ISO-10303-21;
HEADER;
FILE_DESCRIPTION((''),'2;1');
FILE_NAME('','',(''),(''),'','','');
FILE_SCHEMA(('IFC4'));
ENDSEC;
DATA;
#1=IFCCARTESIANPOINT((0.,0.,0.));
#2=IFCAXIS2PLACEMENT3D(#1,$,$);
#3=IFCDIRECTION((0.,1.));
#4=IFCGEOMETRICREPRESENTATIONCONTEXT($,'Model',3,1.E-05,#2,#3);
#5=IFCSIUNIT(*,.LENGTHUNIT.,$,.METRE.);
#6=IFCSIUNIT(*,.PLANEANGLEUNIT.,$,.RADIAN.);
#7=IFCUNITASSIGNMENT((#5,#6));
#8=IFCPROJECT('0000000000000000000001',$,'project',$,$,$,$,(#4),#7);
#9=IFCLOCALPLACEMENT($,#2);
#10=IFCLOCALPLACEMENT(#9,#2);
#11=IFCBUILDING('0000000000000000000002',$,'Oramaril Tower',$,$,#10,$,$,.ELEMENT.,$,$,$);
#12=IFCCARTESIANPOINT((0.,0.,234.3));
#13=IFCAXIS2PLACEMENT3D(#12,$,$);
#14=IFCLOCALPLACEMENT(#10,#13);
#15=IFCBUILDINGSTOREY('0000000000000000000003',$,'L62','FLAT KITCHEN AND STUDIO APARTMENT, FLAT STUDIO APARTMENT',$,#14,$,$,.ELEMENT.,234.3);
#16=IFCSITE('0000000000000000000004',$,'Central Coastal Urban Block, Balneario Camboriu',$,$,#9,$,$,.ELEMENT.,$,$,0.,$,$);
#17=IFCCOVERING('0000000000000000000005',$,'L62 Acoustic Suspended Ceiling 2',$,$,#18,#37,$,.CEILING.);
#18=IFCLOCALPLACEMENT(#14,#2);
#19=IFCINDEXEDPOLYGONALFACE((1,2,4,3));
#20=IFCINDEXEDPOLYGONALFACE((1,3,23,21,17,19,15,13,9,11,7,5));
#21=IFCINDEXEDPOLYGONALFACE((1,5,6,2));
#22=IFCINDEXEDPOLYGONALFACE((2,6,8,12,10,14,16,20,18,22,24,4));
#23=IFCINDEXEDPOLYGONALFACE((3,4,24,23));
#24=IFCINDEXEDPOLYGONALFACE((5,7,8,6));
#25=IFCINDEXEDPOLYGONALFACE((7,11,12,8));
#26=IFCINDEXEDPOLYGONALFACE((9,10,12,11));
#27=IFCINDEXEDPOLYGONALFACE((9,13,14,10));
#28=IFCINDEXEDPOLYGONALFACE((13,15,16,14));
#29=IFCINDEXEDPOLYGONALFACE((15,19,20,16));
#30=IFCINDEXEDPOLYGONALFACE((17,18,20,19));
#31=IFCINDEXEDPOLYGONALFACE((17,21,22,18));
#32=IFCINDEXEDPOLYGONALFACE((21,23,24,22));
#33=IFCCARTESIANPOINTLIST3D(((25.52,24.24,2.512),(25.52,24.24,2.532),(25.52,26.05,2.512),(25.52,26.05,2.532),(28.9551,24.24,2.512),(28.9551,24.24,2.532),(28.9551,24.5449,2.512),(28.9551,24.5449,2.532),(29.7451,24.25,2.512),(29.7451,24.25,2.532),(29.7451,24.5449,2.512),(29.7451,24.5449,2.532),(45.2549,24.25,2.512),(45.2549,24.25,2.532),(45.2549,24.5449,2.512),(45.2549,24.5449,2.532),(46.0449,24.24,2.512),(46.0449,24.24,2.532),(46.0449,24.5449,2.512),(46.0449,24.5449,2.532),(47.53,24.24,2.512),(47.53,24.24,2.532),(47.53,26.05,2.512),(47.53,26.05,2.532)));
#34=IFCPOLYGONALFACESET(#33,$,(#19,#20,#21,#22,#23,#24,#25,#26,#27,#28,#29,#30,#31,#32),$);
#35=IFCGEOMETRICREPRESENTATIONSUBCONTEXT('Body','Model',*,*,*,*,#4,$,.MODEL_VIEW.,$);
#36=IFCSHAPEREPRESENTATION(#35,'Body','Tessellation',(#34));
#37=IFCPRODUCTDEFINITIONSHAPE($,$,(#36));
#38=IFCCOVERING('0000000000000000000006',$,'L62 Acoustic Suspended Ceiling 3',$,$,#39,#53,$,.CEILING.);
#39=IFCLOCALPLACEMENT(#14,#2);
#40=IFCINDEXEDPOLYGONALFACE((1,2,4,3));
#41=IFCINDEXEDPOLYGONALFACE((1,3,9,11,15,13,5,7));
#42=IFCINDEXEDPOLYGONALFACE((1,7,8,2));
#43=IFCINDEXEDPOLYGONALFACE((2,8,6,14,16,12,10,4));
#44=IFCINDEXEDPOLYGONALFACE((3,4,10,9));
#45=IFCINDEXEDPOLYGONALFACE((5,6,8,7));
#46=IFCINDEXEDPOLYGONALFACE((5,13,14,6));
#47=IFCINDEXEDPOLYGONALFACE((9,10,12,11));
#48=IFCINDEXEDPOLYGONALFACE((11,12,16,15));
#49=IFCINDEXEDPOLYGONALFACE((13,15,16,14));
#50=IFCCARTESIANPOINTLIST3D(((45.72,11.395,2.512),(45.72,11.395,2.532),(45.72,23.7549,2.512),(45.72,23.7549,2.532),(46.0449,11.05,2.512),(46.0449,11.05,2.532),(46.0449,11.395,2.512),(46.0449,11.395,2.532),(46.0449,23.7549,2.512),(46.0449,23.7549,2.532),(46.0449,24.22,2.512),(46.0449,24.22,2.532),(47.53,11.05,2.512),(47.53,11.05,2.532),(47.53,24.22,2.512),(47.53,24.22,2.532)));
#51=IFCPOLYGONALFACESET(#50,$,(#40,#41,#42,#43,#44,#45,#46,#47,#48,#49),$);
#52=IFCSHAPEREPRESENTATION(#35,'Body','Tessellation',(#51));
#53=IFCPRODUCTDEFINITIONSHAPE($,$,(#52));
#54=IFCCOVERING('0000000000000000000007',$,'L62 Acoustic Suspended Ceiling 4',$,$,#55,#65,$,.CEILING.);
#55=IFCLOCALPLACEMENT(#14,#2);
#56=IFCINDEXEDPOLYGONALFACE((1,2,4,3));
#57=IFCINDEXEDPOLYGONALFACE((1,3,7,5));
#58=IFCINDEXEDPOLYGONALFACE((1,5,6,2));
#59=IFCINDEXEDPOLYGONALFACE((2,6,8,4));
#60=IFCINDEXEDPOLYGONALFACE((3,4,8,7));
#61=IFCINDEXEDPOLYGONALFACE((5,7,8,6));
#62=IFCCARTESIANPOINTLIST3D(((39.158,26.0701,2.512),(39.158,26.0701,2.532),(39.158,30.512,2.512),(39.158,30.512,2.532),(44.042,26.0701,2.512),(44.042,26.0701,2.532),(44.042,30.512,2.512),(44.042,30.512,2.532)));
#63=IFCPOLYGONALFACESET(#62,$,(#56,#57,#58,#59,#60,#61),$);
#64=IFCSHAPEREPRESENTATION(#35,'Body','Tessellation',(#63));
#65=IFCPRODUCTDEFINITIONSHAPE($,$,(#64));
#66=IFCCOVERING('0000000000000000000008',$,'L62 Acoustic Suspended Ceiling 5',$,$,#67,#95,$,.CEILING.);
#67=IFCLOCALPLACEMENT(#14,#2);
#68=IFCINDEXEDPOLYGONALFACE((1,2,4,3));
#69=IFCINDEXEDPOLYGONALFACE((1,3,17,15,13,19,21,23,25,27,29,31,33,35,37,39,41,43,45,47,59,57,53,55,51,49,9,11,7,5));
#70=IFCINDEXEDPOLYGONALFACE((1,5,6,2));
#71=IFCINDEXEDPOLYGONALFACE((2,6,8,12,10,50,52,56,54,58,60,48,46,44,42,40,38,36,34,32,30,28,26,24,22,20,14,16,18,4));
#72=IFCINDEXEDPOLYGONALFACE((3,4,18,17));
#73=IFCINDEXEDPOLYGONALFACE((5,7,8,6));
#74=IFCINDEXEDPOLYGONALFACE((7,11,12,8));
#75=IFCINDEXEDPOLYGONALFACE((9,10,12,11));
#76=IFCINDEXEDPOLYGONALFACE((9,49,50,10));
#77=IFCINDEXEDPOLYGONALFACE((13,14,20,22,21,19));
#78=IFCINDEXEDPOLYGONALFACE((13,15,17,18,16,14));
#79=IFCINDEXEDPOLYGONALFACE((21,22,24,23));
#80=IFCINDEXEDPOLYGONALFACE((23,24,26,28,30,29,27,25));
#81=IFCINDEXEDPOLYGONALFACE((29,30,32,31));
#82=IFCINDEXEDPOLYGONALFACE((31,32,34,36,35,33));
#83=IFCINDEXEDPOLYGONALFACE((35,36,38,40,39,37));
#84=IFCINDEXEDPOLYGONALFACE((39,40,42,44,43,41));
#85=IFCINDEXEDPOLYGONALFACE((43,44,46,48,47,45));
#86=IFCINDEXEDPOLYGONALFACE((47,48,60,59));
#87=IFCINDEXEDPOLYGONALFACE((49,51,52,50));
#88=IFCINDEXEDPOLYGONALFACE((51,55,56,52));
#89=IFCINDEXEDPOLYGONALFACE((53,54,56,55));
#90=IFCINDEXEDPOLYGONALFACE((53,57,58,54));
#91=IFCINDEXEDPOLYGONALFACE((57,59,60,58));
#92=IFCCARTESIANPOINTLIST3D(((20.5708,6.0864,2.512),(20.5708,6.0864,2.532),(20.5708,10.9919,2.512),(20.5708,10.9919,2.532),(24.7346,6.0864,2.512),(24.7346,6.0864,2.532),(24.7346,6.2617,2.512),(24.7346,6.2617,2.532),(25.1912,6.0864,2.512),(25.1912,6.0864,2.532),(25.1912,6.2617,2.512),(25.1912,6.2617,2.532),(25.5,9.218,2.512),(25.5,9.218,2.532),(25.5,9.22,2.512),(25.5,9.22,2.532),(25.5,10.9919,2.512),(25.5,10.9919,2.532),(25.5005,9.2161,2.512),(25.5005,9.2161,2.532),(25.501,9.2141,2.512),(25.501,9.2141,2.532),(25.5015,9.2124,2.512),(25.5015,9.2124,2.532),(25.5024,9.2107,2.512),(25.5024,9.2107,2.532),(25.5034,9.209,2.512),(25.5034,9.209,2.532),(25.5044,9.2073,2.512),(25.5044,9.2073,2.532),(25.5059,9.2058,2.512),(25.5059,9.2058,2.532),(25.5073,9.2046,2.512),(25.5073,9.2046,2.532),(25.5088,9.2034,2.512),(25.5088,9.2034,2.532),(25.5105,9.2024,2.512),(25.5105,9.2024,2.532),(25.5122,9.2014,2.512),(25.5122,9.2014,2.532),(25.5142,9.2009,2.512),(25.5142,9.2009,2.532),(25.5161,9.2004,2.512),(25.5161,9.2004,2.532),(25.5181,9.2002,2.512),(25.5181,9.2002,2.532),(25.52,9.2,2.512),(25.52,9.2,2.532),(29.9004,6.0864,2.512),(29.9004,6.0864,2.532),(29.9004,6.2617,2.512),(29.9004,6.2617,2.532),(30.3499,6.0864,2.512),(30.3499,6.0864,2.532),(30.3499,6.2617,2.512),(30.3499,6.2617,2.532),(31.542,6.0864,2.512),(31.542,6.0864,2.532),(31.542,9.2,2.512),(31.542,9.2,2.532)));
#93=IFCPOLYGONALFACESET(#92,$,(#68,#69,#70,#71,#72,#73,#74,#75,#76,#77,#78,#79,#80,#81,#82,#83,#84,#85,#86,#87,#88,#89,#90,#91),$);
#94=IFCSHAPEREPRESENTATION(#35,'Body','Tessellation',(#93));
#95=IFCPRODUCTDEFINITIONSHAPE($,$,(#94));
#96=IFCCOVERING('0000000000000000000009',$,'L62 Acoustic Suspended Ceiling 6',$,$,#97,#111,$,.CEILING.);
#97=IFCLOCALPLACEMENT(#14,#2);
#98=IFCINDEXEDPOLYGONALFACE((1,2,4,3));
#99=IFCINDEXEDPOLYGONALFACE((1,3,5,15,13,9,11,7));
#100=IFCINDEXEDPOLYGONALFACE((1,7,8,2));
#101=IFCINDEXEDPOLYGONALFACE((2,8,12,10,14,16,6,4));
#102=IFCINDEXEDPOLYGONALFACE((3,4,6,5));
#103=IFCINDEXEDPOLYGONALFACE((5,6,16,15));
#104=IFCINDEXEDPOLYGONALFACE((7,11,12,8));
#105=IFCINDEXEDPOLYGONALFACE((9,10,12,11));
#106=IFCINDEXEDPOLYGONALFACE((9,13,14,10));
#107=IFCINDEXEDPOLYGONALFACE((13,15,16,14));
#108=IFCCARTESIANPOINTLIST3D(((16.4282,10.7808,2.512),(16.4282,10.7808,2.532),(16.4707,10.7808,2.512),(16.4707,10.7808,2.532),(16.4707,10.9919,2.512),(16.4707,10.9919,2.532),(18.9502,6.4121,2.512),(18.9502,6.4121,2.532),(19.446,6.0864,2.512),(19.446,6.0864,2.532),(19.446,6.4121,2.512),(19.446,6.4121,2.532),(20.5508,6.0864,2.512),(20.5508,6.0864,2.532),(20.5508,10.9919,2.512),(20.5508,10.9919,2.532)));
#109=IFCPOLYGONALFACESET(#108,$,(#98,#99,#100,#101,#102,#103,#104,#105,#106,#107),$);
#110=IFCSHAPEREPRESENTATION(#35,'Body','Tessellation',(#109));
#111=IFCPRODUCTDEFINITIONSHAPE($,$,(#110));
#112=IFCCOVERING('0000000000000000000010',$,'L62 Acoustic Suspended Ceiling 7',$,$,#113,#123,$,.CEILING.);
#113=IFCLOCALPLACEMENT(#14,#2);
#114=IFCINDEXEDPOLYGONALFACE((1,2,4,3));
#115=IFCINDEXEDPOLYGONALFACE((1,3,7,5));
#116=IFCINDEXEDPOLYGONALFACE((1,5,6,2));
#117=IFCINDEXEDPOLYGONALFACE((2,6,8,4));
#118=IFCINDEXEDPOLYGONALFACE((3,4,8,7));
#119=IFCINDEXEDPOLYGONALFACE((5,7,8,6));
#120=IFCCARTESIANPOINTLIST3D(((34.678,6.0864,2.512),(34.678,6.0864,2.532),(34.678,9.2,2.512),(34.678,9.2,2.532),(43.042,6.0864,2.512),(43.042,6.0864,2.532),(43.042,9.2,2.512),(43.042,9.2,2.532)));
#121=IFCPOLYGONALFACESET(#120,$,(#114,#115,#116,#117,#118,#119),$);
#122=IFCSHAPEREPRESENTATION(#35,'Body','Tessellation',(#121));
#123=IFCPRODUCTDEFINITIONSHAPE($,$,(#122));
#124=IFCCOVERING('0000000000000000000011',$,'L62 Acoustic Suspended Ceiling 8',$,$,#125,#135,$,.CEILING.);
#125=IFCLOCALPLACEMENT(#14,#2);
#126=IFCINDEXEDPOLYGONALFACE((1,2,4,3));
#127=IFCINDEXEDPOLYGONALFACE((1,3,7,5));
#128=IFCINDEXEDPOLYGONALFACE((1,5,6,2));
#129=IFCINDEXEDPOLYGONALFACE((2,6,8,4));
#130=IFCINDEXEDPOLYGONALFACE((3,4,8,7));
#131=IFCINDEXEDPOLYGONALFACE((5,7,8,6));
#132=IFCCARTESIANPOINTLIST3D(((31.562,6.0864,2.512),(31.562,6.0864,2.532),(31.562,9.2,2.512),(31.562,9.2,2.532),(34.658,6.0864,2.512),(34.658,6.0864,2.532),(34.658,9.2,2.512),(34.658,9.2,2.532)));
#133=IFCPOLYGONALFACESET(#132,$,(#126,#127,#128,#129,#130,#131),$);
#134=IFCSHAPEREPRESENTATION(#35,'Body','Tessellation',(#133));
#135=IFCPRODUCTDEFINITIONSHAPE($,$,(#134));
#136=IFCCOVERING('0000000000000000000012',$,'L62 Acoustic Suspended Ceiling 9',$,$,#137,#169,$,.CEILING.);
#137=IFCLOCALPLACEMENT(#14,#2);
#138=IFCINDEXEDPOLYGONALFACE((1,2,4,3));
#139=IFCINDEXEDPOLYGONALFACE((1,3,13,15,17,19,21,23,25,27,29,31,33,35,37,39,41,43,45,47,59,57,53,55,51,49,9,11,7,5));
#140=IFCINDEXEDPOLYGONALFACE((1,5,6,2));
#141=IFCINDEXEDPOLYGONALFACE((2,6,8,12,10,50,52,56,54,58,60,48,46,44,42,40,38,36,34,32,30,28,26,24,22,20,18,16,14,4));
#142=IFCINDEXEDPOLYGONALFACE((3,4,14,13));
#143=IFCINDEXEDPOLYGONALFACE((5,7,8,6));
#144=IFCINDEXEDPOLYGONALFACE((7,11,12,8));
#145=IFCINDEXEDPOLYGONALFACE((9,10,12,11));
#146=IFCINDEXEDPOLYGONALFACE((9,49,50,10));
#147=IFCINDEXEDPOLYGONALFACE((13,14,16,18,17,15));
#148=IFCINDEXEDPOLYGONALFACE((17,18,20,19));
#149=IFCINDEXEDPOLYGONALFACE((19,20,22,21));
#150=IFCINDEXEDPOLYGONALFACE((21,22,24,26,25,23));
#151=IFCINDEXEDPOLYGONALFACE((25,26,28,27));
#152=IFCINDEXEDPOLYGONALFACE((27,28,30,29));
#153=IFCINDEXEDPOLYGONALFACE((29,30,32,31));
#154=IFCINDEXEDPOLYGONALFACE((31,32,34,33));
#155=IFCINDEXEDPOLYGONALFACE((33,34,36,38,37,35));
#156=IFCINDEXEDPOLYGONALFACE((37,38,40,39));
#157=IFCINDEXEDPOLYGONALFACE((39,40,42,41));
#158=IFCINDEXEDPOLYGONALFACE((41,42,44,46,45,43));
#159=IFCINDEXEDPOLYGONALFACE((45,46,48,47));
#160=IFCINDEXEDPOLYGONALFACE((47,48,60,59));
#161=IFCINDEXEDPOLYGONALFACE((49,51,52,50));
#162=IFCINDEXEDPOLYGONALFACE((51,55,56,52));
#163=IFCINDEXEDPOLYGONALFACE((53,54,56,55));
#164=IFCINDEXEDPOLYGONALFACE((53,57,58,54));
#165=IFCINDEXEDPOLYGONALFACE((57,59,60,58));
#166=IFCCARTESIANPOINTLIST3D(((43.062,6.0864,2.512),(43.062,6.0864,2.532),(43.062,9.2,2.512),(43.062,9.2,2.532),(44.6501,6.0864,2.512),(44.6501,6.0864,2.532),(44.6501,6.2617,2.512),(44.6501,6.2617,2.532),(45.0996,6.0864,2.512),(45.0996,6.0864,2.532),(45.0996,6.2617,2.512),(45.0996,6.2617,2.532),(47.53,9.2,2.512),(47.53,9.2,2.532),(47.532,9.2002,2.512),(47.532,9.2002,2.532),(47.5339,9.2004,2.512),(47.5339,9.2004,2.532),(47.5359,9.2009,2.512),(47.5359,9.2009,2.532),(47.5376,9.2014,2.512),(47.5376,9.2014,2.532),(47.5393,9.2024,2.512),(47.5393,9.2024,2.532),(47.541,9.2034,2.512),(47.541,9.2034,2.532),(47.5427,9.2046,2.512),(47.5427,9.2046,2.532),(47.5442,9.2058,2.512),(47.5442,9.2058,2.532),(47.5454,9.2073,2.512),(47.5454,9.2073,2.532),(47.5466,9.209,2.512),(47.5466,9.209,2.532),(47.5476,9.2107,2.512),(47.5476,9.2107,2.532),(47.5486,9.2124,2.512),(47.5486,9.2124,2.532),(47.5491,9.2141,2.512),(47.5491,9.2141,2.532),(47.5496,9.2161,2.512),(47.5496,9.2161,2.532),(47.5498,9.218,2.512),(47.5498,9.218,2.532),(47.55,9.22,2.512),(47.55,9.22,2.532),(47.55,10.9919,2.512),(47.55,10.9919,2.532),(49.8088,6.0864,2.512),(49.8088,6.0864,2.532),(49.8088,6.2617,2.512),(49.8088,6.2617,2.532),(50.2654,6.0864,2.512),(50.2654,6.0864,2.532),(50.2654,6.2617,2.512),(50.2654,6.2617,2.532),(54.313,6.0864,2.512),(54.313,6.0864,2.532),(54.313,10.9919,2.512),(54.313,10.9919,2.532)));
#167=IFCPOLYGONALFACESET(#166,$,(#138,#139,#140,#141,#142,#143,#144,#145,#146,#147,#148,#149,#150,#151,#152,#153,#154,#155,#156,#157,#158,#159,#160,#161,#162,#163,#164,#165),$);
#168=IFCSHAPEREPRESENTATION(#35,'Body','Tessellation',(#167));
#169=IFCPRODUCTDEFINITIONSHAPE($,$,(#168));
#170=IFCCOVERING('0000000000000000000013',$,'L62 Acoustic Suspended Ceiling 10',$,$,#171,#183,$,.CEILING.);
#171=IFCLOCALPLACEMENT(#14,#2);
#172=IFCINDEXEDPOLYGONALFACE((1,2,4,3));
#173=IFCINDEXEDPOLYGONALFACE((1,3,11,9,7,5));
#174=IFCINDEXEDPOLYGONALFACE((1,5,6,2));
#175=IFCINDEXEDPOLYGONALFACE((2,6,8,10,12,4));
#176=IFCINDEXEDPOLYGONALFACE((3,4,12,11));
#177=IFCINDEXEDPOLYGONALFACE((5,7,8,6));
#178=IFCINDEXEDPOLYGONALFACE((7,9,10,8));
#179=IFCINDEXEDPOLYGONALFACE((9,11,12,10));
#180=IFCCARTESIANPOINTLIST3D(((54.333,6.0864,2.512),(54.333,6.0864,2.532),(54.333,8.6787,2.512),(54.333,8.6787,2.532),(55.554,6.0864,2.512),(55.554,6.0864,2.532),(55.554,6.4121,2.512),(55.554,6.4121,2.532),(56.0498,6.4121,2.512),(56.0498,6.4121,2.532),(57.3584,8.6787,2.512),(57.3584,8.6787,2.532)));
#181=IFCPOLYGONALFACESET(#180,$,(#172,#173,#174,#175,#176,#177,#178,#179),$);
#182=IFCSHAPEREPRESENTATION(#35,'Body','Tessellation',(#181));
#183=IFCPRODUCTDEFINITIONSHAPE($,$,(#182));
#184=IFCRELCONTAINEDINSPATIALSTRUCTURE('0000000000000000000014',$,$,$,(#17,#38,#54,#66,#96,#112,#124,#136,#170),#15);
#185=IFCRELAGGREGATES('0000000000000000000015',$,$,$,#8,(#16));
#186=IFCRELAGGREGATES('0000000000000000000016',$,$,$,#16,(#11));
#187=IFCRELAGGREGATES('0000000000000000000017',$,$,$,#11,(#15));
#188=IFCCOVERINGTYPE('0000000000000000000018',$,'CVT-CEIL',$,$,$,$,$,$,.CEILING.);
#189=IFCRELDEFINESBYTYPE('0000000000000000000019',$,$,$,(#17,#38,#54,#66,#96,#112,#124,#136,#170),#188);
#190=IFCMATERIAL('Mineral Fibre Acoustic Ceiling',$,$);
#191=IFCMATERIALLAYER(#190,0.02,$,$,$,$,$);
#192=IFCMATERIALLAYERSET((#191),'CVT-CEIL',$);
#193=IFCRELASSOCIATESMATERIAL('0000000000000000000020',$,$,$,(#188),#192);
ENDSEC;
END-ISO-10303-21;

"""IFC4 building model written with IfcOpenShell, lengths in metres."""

from ifc_helpers import new_model, si_unit, direction, frame, origin, place, context, subcontext, project, spatial, polyline, outline, extrude, material, layer, layer_set, type_object, element, save


model = new_model("IFC4")

# Units and contexts
model_context = context("Model", 3, precision=1e-05, world=origin(), true_north=direction((0.0, 1.0)))
body_context = subcontext(model_context, "Body", "Model", "MODEL_VIEW")
ifc_project = project(units=[si_unit("LENGTHUNIT", "METRE"), si_unit("PLANEANGLEUNIT", "RADIAN")], contexts=[model_context])

# Site, building, storey
site_placement = place(None, origin())
site = spatial("IfcSite", under=ifc_project, at=site_placement, Name="Central Coastal Urban Block, Balneario Camboriu", CompositionType="ELEMENT", RefElevation=0.0)
building_placement = place(site_placement, origin())
building = spatial("IfcBuilding", under=site, at=building_placement, Name="Oramaril Tower", CompositionType="ELEMENT")
storey_placement = place(building_placement, frame((0.0, 0.0, 234.3)))
storey = spatial("IfcBuildingStorey", under=building, at=storey_placement, Name="L62", Description="FLAT KITCHEN AND STUDIO APARTMENT, FLAT STUDIO APARTMENT", CompositionType="ELEMENT", Elevation=234.3)

# Coverings
ifc_material_1 = material(Name="Mineral Fibre Acoustic Ceiling")
ifc_layer_1 = layer(ifc_material_1, 0.02)
ifc_layer_set_1 = layer_set([ifc_layer_1], Name="CVT-CEIL")
covering_type_1 = type_object("IfcCoveringType", Name="CVT-CEIL", PredefinedType="CEILING", material=ifc_layer_set_1)
covering_1_placement = place(storey_placement, frame((0.0, 0.0, 2.512)))
element("IfcCovering", 1, at=covering_1_placement, inside=storey, type_object=covering_type_1, Name="L62 Acoustic Suspended Ceiling 2", PredefinedType="CEILING", context=body_context, shape_type="SweptSolid", body=[
    extrude(outline(polyline([(47.53, 24.24), (46.0449, 24.24), (46.0449, 24.5449), (45.2549, 24.5449), (45.2549, 24.25), (29.7451, 24.25), (29.7451, 24.5449), (28.9551, 24.5449), (28.9551, 24.24), (25.52, 24.24), (25.52, 26.05), (47.53, 26.05), (47.53, 24.24)])), origin(), (0.0, 0.0, 1.0), 0.02),
])
covering_2_placement = place(storey_placement, frame((0.0, 0.0, 2.512)))
element("IfcCovering", 2, at=covering_2_placement, inside=storey, type_object=covering_type_1, Name="L62 Acoustic Suspended Ceiling 3", PredefinedType="CEILING", context=body_context, shape_type="SweptSolid", body=[
    extrude(outline(polyline([(47.53, 11.05), (46.0449, 11.05), (46.0449, 11.395), (45.72, 11.395), (45.72, 23.7549), (46.0449, 23.7549), (46.0449, 24.22), (47.53, 24.22), (47.53, 11.05)])), origin(), (0.0, 0.0, 1.0), 0.02),
])
covering_3_placement = place(storey_placement, frame((0.0, 0.0, 2.512)))
element("IfcCovering", 3, at=covering_3_placement, inside=storey, type_object=covering_type_1, Name="L62 Acoustic Suspended Ceiling 4", PredefinedType="CEILING", context=body_context, shape_type="SweptSolid", body=[
    extrude(outline(polyline([(44.042, 30.512), (44.042, 26.0701), (39.158, 26.0701), (39.158, 30.512), (44.042, 30.512)])), origin(), (0.0, 0.0, 1.0), 0.02),
])
covering_4_placement = place(storey_placement, frame((0.0, 0.0, 2.512)))
element("IfcCovering", 4, at=covering_4_placement, inside=storey, type_object=covering_type_1, Name="L62 Acoustic Suspended Ceiling 5", PredefinedType="CEILING", context=body_context, shape_type="SweptSolid", body=[
    extrude(outline(polyline([(31.542, 6.0864), (30.3499, 6.0864), (30.3499, 6.2617), (29.9004, 6.2617), (29.9004, 6.0864), (25.1912, 6.0864), (25.1912, 6.2617), (24.7346, 6.2617), (24.7346, 6.0864), (20.5708, 6.0864), (20.5708, 10.9919), (25.5, 10.9919), (25.5, 9.22), (25.5, 9.218), (25.5005, 9.2161), (25.501, 9.2141), (25.5015, 9.2124), (25.5024, 9.2107), (25.5034, 9.209), (25.5044, 9.2073), (25.5059, 9.2058), (25.5073, 9.2046), (25.5088, 9.2034), (25.5105, 9.2024), (25.5122, 9.2014), (25.5142, 9.2009), (25.5161, 9.2004), (25.5181, 9.2002), (25.52, 9.2), (31.542, 9.2), (31.542, 6.0864)])), origin(), (0.0, 0.0, 1.0), 0.02),
])
covering_5_placement = place(storey_placement, frame((0.0, 0.0, 2.512)))
element("IfcCovering", 5, at=covering_5_placement, inside=storey, type_object=covering_type_1, Name="L62 Acoustic Suspended Ceiling 6", PredefinedType="CEILING", context=body_context, shape_type="SweptSolid", body=[
    extrude(outline(polyline([(19.446, 6.0864), (19.446, 6.4121), (18.9502, 6.4121), (16.4282, 10.7808), (16.4707, 10.7808), (16.4707, 10.9919), (20.5508, 10.9919), (20.5508, 6.0864), (19.446, 6.0864)])), origin(), (0.0, 0.0, 1.0), 0.02),
])
covering_6_placement = place(storey_placement, frame((0.0, 0.0, 2.512)))
element("IfcCovering", 6, at=covering_6_placement, inside=storey, type_object=covering_type_1, Name="L62 Acoustic Suspended Ceiling 7", PredefinedType="CEILING", context=body_context, shape_type="SweptSolid", body=[
    extrude(outline(polyline([(34.678, 6.0864), (34.678, 9.2), (43.042, 9.2), (43.042, 6.0864), (34.678, 6.0864)])), origin(), (0.0, 0.0, 1.0), 0.02),
])
covering_7_placement = place(storey_placement, frame((0.0, 0.0, 2.512)))
element("IfcCovering", 7, at=covering_7_placement, inside=storey, type_object=covering_type_1, Name="L62 Acoustic Suspended Ceiling 8", PredefinedType="CEILING", context=body_context, shape_type="SweptSolid", body=[
    extrude(outline(polyline([(31.562, 6.0864), (31.562, 9.2), (34.658, 9.2), (34.658, 6.0864), (31.562, 6.0864)])), origin(), (0.0, 0.0, 1.0), 0.02),
])
covering_8_placement = place(storey_placement, frame((0.0, 0.0, 2.512)))
element("IfcCovering", 8, at=covering_8_placement, inside=storey, type_object=covering_type_1, Name="L62 Acoustic Suspended Ceiling 9", PredefinedType="CEILING", context=body_context, shape_type="SweptSolid", body=[
    extrude(outline(polyline([(54.313, 10.9919), (54.313, 6.0864), (50.2654, 6.0864), (50.2654, 6.2617), (49.8088, 6.2617), (49.8088, 6.0864), (45.0996, 6.0864), (45.0996, 6.2617), (44.6501, 6.2617), (44.6501, 6.0864), (43.062, 6.0864), (43.062, 9.2), (47.53, 9.2), (47.532, 9.2002), (47.5339, 9.2004), (47.5359, 9.2009), (47.5376, 9.2014), (47.5393, 9.2024), (47.541, 9.2034), (47.5427, 9.2046), (47.5442, 9.2058), (47.5454, 9.2073), (47.5466, 9.209), (47.5476, 9.2107), (47.5486, 9.2124), (47.5491, 9.2141), (47.5496, 9.2161), (47.5498, 9.218), (47.55, 9.22), (47.55, 10.9919), (54.313, 10.9919)])), origin(), (0.0, 0.0, 1.0), 0.02),
])
covering_9_placement = place(storey_placement, frame((0.0, 0.0, 2.512)))
element("IfcCovering", 9, at=covering_9_placement, inside=storey, type_object=covering_type_1, Name="L62 Acoustic Suspended Ceiling 10", PredefinedType="CEILING", context=body_context, shape_type="SweptSolid", body=[
    extrude(outline(polyline([(56.0498, 6.4121), (55.554, 6.4121), (55.554, 6.0864), (54.333, 6.0864), (54.333, 8.6787), (57.3584, 8.6787), (56.0498, 6.4121)])), origin(), (0.0, 0.0, 1.0), 0.02),
])

save(model, "model.ifc")
